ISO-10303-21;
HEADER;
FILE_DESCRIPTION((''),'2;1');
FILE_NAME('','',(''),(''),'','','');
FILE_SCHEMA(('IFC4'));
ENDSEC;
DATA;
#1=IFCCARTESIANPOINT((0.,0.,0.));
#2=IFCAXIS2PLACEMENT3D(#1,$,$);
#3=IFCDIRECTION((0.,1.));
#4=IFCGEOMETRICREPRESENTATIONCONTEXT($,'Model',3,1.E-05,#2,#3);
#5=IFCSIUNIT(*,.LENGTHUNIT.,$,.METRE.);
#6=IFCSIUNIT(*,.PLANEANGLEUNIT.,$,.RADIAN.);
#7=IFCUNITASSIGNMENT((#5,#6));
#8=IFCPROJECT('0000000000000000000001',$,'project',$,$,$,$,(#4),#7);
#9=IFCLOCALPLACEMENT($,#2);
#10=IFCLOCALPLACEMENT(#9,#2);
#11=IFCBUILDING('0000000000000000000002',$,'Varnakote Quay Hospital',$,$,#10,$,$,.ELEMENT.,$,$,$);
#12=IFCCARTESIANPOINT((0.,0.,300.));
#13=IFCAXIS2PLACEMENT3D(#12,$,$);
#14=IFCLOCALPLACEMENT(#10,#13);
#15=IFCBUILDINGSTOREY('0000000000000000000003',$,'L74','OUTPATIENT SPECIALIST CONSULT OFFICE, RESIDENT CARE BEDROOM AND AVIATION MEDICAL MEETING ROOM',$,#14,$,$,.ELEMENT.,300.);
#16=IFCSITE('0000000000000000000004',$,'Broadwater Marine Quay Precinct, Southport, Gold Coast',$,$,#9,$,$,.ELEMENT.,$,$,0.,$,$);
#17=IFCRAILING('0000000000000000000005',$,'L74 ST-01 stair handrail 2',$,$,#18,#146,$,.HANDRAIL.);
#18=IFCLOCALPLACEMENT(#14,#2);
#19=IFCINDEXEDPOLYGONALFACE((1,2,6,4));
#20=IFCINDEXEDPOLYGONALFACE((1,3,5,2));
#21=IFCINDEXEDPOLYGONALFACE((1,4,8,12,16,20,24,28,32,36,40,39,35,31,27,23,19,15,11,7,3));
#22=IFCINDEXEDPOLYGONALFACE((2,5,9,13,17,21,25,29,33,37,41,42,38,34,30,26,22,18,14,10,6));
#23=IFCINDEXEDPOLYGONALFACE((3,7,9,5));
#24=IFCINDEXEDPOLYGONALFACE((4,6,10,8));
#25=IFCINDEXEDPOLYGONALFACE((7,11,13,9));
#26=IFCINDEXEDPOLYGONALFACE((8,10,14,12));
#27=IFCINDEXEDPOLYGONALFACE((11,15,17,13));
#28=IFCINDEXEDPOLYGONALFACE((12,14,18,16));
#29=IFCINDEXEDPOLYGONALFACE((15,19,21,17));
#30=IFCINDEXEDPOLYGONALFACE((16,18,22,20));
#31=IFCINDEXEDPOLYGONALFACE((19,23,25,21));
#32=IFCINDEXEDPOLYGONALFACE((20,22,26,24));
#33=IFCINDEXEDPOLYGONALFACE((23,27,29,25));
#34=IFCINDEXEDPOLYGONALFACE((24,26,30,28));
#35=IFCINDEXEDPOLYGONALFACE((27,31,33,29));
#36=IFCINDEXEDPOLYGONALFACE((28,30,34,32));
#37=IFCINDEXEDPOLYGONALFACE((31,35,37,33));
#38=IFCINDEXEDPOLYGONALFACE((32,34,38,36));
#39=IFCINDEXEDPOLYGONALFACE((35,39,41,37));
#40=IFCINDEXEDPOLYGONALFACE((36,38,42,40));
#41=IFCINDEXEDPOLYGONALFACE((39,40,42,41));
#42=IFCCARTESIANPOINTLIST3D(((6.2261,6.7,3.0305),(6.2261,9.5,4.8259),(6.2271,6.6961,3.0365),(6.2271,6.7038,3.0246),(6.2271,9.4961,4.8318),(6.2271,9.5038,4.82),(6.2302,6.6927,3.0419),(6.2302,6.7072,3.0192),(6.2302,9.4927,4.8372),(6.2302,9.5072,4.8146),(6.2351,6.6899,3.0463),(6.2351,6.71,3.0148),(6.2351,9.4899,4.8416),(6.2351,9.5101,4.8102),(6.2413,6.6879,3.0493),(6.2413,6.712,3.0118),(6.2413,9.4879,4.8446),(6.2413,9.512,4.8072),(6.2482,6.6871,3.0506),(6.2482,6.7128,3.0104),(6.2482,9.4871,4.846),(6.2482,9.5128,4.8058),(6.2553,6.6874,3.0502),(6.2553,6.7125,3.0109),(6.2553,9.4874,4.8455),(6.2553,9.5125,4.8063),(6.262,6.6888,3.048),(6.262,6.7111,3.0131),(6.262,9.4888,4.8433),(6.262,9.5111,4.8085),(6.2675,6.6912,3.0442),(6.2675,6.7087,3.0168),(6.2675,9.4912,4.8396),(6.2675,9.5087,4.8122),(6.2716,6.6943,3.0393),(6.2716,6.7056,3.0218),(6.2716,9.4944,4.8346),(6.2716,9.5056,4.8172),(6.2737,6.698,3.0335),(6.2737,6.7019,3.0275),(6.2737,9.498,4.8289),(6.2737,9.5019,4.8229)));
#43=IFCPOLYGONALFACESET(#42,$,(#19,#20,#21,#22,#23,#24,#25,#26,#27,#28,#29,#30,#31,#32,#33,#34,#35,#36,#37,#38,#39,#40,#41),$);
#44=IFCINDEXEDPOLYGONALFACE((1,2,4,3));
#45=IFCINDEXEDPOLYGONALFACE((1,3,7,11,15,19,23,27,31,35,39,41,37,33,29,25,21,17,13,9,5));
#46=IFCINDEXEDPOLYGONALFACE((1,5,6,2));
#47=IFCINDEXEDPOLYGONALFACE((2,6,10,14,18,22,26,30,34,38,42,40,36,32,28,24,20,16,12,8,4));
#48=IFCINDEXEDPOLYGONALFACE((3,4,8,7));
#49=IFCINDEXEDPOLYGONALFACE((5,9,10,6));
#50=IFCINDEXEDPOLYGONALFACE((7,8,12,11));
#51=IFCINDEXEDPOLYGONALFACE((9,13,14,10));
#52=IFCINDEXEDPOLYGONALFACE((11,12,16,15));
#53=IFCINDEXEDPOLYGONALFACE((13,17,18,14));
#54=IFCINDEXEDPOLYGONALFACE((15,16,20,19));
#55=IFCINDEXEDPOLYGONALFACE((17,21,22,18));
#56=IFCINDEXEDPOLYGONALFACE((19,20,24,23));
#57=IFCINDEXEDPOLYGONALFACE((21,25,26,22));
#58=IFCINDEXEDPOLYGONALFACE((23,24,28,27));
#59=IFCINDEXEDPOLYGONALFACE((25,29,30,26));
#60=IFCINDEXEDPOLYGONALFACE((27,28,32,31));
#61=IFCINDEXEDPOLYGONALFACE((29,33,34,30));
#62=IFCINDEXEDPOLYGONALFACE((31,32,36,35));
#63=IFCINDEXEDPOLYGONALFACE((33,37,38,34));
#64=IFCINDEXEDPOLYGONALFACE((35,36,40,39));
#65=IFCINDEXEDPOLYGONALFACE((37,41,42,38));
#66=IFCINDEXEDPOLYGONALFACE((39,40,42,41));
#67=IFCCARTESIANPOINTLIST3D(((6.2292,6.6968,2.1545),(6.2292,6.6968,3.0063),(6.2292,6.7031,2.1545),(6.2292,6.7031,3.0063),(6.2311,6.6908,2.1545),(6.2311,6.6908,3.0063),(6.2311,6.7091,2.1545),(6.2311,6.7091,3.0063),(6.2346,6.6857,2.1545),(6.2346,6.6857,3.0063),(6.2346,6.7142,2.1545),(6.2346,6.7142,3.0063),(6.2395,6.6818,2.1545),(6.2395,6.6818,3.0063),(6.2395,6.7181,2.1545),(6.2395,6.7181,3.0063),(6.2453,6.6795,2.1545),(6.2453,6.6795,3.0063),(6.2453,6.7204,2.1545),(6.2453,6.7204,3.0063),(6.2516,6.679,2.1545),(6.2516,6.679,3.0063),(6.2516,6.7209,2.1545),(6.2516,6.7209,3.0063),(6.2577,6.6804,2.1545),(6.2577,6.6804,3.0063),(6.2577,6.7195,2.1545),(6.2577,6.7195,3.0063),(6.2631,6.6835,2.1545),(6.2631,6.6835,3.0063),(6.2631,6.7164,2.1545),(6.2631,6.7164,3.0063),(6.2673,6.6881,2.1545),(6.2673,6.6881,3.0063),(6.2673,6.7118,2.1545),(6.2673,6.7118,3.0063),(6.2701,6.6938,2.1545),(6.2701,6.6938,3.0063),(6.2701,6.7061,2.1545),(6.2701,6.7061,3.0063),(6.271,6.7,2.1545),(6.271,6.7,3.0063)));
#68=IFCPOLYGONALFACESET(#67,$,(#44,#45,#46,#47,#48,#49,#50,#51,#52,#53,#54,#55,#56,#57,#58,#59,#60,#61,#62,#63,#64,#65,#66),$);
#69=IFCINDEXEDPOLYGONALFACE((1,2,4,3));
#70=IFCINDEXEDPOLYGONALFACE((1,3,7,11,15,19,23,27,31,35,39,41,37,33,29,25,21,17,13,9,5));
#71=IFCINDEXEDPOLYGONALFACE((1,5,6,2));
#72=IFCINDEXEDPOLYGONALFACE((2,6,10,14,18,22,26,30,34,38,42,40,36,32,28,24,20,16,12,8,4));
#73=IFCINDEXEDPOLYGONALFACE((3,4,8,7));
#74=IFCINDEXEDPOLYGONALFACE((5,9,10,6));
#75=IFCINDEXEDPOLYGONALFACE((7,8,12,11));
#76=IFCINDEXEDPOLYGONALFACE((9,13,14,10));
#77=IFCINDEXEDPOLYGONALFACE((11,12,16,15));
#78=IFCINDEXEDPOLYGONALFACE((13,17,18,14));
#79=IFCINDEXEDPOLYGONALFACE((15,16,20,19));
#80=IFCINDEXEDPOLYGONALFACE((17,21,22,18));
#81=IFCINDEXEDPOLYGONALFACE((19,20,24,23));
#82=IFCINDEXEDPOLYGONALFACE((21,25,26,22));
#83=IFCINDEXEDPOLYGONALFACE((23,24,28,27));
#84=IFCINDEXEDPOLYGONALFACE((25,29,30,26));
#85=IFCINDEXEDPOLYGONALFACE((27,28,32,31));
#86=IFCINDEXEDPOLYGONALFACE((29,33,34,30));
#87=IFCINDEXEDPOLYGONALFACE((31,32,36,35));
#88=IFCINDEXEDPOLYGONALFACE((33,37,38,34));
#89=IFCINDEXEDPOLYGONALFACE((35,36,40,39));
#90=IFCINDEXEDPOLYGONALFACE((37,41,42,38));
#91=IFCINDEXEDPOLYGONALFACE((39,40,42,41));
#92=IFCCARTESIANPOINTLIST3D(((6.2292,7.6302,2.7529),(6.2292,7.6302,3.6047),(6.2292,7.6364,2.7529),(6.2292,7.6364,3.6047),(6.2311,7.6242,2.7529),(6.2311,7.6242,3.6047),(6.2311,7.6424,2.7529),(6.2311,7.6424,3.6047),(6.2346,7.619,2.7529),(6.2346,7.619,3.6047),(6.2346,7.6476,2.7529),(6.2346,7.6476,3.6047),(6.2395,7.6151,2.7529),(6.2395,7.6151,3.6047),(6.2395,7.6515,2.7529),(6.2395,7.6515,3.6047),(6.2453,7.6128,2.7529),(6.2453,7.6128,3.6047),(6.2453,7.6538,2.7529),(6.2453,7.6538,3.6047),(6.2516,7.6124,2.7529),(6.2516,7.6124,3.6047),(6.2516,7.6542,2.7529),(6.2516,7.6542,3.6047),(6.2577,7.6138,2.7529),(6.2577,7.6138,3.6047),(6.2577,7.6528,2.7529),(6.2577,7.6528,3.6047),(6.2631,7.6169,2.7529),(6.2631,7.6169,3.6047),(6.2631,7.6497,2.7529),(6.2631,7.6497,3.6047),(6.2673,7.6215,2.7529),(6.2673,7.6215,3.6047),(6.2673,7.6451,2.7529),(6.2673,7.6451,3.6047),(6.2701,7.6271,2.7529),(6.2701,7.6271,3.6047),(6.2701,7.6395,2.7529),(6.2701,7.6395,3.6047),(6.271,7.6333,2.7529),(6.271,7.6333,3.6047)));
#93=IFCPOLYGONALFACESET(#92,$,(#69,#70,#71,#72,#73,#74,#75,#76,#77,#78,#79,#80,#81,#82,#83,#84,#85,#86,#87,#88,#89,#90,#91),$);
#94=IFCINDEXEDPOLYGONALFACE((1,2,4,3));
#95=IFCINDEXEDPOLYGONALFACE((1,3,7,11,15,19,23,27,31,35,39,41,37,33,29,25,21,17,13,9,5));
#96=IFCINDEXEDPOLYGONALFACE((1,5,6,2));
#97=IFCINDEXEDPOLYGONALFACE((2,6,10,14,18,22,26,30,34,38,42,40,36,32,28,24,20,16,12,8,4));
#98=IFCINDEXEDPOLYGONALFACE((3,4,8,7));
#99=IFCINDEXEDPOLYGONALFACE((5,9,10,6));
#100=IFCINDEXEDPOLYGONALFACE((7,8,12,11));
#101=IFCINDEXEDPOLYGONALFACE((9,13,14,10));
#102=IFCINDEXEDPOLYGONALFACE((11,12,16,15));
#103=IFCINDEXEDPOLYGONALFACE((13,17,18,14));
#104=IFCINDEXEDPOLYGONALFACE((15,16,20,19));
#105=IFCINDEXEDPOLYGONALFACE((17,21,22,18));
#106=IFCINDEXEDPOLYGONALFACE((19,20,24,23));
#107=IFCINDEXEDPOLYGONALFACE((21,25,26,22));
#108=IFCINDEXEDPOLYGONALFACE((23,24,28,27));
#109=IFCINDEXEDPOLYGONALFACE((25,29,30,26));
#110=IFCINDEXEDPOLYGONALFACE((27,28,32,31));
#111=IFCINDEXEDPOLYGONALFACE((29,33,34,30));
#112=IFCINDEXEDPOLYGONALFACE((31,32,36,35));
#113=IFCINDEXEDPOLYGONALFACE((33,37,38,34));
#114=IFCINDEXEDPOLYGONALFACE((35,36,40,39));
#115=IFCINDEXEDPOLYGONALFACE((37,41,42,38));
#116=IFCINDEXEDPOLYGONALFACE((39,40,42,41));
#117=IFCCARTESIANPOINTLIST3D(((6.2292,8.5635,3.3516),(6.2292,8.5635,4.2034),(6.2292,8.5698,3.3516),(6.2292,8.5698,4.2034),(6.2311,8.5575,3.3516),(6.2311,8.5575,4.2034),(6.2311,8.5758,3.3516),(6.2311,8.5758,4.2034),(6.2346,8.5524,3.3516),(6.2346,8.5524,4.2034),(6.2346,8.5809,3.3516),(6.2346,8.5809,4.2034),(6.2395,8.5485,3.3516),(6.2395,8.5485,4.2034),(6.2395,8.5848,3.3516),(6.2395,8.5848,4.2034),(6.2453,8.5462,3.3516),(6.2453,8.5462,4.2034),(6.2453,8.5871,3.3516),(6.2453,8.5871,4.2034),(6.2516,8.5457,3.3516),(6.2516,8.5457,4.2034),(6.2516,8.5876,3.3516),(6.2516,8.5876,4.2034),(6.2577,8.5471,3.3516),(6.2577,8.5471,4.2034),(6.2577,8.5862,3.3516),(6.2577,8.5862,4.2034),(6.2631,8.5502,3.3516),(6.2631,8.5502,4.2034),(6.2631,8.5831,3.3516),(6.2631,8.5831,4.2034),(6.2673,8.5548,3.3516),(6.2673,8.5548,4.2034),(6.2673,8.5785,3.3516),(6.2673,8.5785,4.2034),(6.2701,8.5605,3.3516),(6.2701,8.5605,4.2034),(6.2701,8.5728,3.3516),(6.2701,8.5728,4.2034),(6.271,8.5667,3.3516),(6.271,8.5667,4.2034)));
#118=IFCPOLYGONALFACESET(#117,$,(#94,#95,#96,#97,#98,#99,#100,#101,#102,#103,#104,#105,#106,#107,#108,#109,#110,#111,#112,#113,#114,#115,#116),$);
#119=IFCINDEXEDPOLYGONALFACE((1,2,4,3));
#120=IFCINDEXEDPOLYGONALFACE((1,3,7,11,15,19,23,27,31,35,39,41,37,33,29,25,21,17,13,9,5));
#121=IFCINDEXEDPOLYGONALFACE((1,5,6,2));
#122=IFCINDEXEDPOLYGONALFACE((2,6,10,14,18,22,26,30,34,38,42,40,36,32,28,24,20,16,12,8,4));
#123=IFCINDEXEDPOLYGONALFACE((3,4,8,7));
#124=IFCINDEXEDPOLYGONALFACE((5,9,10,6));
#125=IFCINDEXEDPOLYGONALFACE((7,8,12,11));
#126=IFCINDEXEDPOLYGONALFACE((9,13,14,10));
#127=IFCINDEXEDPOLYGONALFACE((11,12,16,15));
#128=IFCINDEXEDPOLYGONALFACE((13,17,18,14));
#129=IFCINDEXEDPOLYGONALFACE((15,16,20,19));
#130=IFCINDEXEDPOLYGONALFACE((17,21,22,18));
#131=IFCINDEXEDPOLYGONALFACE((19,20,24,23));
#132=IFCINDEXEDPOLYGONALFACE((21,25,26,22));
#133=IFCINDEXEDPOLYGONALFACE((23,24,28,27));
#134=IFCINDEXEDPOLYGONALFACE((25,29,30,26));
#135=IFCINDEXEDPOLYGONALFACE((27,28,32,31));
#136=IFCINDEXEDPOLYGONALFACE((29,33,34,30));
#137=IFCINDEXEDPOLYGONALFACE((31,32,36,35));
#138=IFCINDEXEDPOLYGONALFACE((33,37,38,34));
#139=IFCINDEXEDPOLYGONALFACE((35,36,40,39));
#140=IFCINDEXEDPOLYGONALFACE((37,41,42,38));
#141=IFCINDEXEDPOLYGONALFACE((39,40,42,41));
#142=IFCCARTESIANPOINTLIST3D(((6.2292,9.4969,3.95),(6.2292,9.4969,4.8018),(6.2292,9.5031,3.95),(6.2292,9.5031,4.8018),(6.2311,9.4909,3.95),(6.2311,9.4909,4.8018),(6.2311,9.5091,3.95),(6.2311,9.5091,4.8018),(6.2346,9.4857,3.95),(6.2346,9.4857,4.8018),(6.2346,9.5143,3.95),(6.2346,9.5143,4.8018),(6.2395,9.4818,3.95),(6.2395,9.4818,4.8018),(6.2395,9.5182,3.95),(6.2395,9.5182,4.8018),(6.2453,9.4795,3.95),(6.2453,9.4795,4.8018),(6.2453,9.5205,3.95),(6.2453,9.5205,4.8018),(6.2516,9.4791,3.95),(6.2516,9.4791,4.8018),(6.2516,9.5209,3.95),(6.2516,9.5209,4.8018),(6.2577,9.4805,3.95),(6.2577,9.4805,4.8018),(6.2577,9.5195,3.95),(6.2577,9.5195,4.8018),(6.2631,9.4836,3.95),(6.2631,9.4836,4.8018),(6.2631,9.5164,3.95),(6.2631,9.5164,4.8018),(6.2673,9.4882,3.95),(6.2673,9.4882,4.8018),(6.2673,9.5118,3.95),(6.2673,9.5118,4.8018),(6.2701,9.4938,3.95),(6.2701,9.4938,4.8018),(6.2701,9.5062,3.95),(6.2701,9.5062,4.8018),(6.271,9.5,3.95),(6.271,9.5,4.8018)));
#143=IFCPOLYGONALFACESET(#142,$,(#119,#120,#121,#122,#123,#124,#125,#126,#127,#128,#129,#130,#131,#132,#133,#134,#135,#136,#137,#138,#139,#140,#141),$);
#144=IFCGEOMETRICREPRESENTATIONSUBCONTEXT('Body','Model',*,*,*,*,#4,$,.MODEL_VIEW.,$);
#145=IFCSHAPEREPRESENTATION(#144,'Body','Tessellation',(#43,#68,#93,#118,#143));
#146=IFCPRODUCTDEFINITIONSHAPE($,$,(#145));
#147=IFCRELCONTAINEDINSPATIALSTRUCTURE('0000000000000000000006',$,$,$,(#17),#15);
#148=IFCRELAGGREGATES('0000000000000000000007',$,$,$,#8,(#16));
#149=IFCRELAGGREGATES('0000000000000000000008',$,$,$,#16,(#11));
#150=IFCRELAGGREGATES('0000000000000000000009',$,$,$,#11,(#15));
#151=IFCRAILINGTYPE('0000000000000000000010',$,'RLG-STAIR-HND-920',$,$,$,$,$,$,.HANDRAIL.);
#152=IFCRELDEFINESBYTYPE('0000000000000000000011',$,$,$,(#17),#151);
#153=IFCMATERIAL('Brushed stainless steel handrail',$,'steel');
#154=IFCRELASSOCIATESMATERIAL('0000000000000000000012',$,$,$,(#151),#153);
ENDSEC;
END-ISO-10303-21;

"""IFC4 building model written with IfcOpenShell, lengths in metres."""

from ifc_helpers import new_model, si_unit, direction, frame, origin, origin_2d, place, context, subcontext, project, spatial, circle, extrude, material, type_object, element, save


model = new_model("IFC4")

# Units and contexts
model_context = context("Model", 3, precision=1e-05, world=origin(), true_north=direction((0.0, 1.0)))
body_context = subcontext(model_context, "Body", "Model", "MODEL_VIEW")
ifc_project = project(units=[si_unit("LENGTHUNIT", "METRE"), si_unit("PLANEANGLEUNIT", "RADIAN")], contexts=[model_context])

# Site, building, storey
site_placement = place(None, origin())
site = spatial("IfcSite", under=ifc_project, at=site_placement, Name="Broadwater Marine Quay Precinct, Southport, Gold Coast", CompositionType="ELEMENT", RefElevation=0.0)
building_placement = place(site_placement, origin())
building = spatial("IfcBuilding", under=site, at=building_placement, Name="Varnakote Quay Hospital", CompositionType="ELEMENT")
storey_placement = place(building_placement, frame((0.0, 0.0, 300.0)))
storey = spatial("IfcBuildingStorey", under=building, at=storey_placement, Name="L74", Description="OUTPATIENT SPECIALIST CONSULT OFFICE, RESIDENT CARE BEDROOM AND AVIATION MEDICAL MEETING ROOM", CompositionType="ELEMENT", Elevation=300.0)

# Railing
ifc_material_1 = material(Name="Brushed stainless steel handrail", Category="steel")
railing_type_1 = type_object("IfcRailingType", Name="RLG-STAIR-HND-920", PredefinedType="HANDRAIL", material=ifc_material_1)
railing_1_placement = place(storey_placement, frame((6.25, 6.7, 2.1545)))
element("IfcRailing", 1, at=railing_1_placement, inside=storey, type_object=railing_type_1, Name="L74 ST-01 stair handrail 2", PredefinedType="HANDRAIL", context=body_context, shape_type="SweptSolid", body=[
    extrude(circle(Radius=0.0239, at=origin_2d()), frame((0.0, 0.0, 0.876), z_axis=(0.0, 0.84181, 0.539774), x_axis=(-1.0, 0.0, 0.0)), (0.0, 0.0, 1.0), 3.3262),
    extrude(circle(Radius=0.021, at=origin_2d()), origin(), (0.0, 0.0, 1.0), 0.8518),
    extrude(circle(Radius=0.021, at=origin_2d()), frame((0.0, 0.9333, 0.5984)), (0.0, 0.0, 1.0), 0.8518),
    extrude(circle(Radius=0.021, at=origin_2d()), frame((0.0, 1.8667, 1.197)), (0.0, 0.0, 1.0), 0.8518),
    extrude(circle(Radius=0.021, at=origin_2d()), frame((0.0, 2.8, 1.7954)), (0.0, 0.0, 1.0), 0.8518),
])

save(model, "model.ifc")
